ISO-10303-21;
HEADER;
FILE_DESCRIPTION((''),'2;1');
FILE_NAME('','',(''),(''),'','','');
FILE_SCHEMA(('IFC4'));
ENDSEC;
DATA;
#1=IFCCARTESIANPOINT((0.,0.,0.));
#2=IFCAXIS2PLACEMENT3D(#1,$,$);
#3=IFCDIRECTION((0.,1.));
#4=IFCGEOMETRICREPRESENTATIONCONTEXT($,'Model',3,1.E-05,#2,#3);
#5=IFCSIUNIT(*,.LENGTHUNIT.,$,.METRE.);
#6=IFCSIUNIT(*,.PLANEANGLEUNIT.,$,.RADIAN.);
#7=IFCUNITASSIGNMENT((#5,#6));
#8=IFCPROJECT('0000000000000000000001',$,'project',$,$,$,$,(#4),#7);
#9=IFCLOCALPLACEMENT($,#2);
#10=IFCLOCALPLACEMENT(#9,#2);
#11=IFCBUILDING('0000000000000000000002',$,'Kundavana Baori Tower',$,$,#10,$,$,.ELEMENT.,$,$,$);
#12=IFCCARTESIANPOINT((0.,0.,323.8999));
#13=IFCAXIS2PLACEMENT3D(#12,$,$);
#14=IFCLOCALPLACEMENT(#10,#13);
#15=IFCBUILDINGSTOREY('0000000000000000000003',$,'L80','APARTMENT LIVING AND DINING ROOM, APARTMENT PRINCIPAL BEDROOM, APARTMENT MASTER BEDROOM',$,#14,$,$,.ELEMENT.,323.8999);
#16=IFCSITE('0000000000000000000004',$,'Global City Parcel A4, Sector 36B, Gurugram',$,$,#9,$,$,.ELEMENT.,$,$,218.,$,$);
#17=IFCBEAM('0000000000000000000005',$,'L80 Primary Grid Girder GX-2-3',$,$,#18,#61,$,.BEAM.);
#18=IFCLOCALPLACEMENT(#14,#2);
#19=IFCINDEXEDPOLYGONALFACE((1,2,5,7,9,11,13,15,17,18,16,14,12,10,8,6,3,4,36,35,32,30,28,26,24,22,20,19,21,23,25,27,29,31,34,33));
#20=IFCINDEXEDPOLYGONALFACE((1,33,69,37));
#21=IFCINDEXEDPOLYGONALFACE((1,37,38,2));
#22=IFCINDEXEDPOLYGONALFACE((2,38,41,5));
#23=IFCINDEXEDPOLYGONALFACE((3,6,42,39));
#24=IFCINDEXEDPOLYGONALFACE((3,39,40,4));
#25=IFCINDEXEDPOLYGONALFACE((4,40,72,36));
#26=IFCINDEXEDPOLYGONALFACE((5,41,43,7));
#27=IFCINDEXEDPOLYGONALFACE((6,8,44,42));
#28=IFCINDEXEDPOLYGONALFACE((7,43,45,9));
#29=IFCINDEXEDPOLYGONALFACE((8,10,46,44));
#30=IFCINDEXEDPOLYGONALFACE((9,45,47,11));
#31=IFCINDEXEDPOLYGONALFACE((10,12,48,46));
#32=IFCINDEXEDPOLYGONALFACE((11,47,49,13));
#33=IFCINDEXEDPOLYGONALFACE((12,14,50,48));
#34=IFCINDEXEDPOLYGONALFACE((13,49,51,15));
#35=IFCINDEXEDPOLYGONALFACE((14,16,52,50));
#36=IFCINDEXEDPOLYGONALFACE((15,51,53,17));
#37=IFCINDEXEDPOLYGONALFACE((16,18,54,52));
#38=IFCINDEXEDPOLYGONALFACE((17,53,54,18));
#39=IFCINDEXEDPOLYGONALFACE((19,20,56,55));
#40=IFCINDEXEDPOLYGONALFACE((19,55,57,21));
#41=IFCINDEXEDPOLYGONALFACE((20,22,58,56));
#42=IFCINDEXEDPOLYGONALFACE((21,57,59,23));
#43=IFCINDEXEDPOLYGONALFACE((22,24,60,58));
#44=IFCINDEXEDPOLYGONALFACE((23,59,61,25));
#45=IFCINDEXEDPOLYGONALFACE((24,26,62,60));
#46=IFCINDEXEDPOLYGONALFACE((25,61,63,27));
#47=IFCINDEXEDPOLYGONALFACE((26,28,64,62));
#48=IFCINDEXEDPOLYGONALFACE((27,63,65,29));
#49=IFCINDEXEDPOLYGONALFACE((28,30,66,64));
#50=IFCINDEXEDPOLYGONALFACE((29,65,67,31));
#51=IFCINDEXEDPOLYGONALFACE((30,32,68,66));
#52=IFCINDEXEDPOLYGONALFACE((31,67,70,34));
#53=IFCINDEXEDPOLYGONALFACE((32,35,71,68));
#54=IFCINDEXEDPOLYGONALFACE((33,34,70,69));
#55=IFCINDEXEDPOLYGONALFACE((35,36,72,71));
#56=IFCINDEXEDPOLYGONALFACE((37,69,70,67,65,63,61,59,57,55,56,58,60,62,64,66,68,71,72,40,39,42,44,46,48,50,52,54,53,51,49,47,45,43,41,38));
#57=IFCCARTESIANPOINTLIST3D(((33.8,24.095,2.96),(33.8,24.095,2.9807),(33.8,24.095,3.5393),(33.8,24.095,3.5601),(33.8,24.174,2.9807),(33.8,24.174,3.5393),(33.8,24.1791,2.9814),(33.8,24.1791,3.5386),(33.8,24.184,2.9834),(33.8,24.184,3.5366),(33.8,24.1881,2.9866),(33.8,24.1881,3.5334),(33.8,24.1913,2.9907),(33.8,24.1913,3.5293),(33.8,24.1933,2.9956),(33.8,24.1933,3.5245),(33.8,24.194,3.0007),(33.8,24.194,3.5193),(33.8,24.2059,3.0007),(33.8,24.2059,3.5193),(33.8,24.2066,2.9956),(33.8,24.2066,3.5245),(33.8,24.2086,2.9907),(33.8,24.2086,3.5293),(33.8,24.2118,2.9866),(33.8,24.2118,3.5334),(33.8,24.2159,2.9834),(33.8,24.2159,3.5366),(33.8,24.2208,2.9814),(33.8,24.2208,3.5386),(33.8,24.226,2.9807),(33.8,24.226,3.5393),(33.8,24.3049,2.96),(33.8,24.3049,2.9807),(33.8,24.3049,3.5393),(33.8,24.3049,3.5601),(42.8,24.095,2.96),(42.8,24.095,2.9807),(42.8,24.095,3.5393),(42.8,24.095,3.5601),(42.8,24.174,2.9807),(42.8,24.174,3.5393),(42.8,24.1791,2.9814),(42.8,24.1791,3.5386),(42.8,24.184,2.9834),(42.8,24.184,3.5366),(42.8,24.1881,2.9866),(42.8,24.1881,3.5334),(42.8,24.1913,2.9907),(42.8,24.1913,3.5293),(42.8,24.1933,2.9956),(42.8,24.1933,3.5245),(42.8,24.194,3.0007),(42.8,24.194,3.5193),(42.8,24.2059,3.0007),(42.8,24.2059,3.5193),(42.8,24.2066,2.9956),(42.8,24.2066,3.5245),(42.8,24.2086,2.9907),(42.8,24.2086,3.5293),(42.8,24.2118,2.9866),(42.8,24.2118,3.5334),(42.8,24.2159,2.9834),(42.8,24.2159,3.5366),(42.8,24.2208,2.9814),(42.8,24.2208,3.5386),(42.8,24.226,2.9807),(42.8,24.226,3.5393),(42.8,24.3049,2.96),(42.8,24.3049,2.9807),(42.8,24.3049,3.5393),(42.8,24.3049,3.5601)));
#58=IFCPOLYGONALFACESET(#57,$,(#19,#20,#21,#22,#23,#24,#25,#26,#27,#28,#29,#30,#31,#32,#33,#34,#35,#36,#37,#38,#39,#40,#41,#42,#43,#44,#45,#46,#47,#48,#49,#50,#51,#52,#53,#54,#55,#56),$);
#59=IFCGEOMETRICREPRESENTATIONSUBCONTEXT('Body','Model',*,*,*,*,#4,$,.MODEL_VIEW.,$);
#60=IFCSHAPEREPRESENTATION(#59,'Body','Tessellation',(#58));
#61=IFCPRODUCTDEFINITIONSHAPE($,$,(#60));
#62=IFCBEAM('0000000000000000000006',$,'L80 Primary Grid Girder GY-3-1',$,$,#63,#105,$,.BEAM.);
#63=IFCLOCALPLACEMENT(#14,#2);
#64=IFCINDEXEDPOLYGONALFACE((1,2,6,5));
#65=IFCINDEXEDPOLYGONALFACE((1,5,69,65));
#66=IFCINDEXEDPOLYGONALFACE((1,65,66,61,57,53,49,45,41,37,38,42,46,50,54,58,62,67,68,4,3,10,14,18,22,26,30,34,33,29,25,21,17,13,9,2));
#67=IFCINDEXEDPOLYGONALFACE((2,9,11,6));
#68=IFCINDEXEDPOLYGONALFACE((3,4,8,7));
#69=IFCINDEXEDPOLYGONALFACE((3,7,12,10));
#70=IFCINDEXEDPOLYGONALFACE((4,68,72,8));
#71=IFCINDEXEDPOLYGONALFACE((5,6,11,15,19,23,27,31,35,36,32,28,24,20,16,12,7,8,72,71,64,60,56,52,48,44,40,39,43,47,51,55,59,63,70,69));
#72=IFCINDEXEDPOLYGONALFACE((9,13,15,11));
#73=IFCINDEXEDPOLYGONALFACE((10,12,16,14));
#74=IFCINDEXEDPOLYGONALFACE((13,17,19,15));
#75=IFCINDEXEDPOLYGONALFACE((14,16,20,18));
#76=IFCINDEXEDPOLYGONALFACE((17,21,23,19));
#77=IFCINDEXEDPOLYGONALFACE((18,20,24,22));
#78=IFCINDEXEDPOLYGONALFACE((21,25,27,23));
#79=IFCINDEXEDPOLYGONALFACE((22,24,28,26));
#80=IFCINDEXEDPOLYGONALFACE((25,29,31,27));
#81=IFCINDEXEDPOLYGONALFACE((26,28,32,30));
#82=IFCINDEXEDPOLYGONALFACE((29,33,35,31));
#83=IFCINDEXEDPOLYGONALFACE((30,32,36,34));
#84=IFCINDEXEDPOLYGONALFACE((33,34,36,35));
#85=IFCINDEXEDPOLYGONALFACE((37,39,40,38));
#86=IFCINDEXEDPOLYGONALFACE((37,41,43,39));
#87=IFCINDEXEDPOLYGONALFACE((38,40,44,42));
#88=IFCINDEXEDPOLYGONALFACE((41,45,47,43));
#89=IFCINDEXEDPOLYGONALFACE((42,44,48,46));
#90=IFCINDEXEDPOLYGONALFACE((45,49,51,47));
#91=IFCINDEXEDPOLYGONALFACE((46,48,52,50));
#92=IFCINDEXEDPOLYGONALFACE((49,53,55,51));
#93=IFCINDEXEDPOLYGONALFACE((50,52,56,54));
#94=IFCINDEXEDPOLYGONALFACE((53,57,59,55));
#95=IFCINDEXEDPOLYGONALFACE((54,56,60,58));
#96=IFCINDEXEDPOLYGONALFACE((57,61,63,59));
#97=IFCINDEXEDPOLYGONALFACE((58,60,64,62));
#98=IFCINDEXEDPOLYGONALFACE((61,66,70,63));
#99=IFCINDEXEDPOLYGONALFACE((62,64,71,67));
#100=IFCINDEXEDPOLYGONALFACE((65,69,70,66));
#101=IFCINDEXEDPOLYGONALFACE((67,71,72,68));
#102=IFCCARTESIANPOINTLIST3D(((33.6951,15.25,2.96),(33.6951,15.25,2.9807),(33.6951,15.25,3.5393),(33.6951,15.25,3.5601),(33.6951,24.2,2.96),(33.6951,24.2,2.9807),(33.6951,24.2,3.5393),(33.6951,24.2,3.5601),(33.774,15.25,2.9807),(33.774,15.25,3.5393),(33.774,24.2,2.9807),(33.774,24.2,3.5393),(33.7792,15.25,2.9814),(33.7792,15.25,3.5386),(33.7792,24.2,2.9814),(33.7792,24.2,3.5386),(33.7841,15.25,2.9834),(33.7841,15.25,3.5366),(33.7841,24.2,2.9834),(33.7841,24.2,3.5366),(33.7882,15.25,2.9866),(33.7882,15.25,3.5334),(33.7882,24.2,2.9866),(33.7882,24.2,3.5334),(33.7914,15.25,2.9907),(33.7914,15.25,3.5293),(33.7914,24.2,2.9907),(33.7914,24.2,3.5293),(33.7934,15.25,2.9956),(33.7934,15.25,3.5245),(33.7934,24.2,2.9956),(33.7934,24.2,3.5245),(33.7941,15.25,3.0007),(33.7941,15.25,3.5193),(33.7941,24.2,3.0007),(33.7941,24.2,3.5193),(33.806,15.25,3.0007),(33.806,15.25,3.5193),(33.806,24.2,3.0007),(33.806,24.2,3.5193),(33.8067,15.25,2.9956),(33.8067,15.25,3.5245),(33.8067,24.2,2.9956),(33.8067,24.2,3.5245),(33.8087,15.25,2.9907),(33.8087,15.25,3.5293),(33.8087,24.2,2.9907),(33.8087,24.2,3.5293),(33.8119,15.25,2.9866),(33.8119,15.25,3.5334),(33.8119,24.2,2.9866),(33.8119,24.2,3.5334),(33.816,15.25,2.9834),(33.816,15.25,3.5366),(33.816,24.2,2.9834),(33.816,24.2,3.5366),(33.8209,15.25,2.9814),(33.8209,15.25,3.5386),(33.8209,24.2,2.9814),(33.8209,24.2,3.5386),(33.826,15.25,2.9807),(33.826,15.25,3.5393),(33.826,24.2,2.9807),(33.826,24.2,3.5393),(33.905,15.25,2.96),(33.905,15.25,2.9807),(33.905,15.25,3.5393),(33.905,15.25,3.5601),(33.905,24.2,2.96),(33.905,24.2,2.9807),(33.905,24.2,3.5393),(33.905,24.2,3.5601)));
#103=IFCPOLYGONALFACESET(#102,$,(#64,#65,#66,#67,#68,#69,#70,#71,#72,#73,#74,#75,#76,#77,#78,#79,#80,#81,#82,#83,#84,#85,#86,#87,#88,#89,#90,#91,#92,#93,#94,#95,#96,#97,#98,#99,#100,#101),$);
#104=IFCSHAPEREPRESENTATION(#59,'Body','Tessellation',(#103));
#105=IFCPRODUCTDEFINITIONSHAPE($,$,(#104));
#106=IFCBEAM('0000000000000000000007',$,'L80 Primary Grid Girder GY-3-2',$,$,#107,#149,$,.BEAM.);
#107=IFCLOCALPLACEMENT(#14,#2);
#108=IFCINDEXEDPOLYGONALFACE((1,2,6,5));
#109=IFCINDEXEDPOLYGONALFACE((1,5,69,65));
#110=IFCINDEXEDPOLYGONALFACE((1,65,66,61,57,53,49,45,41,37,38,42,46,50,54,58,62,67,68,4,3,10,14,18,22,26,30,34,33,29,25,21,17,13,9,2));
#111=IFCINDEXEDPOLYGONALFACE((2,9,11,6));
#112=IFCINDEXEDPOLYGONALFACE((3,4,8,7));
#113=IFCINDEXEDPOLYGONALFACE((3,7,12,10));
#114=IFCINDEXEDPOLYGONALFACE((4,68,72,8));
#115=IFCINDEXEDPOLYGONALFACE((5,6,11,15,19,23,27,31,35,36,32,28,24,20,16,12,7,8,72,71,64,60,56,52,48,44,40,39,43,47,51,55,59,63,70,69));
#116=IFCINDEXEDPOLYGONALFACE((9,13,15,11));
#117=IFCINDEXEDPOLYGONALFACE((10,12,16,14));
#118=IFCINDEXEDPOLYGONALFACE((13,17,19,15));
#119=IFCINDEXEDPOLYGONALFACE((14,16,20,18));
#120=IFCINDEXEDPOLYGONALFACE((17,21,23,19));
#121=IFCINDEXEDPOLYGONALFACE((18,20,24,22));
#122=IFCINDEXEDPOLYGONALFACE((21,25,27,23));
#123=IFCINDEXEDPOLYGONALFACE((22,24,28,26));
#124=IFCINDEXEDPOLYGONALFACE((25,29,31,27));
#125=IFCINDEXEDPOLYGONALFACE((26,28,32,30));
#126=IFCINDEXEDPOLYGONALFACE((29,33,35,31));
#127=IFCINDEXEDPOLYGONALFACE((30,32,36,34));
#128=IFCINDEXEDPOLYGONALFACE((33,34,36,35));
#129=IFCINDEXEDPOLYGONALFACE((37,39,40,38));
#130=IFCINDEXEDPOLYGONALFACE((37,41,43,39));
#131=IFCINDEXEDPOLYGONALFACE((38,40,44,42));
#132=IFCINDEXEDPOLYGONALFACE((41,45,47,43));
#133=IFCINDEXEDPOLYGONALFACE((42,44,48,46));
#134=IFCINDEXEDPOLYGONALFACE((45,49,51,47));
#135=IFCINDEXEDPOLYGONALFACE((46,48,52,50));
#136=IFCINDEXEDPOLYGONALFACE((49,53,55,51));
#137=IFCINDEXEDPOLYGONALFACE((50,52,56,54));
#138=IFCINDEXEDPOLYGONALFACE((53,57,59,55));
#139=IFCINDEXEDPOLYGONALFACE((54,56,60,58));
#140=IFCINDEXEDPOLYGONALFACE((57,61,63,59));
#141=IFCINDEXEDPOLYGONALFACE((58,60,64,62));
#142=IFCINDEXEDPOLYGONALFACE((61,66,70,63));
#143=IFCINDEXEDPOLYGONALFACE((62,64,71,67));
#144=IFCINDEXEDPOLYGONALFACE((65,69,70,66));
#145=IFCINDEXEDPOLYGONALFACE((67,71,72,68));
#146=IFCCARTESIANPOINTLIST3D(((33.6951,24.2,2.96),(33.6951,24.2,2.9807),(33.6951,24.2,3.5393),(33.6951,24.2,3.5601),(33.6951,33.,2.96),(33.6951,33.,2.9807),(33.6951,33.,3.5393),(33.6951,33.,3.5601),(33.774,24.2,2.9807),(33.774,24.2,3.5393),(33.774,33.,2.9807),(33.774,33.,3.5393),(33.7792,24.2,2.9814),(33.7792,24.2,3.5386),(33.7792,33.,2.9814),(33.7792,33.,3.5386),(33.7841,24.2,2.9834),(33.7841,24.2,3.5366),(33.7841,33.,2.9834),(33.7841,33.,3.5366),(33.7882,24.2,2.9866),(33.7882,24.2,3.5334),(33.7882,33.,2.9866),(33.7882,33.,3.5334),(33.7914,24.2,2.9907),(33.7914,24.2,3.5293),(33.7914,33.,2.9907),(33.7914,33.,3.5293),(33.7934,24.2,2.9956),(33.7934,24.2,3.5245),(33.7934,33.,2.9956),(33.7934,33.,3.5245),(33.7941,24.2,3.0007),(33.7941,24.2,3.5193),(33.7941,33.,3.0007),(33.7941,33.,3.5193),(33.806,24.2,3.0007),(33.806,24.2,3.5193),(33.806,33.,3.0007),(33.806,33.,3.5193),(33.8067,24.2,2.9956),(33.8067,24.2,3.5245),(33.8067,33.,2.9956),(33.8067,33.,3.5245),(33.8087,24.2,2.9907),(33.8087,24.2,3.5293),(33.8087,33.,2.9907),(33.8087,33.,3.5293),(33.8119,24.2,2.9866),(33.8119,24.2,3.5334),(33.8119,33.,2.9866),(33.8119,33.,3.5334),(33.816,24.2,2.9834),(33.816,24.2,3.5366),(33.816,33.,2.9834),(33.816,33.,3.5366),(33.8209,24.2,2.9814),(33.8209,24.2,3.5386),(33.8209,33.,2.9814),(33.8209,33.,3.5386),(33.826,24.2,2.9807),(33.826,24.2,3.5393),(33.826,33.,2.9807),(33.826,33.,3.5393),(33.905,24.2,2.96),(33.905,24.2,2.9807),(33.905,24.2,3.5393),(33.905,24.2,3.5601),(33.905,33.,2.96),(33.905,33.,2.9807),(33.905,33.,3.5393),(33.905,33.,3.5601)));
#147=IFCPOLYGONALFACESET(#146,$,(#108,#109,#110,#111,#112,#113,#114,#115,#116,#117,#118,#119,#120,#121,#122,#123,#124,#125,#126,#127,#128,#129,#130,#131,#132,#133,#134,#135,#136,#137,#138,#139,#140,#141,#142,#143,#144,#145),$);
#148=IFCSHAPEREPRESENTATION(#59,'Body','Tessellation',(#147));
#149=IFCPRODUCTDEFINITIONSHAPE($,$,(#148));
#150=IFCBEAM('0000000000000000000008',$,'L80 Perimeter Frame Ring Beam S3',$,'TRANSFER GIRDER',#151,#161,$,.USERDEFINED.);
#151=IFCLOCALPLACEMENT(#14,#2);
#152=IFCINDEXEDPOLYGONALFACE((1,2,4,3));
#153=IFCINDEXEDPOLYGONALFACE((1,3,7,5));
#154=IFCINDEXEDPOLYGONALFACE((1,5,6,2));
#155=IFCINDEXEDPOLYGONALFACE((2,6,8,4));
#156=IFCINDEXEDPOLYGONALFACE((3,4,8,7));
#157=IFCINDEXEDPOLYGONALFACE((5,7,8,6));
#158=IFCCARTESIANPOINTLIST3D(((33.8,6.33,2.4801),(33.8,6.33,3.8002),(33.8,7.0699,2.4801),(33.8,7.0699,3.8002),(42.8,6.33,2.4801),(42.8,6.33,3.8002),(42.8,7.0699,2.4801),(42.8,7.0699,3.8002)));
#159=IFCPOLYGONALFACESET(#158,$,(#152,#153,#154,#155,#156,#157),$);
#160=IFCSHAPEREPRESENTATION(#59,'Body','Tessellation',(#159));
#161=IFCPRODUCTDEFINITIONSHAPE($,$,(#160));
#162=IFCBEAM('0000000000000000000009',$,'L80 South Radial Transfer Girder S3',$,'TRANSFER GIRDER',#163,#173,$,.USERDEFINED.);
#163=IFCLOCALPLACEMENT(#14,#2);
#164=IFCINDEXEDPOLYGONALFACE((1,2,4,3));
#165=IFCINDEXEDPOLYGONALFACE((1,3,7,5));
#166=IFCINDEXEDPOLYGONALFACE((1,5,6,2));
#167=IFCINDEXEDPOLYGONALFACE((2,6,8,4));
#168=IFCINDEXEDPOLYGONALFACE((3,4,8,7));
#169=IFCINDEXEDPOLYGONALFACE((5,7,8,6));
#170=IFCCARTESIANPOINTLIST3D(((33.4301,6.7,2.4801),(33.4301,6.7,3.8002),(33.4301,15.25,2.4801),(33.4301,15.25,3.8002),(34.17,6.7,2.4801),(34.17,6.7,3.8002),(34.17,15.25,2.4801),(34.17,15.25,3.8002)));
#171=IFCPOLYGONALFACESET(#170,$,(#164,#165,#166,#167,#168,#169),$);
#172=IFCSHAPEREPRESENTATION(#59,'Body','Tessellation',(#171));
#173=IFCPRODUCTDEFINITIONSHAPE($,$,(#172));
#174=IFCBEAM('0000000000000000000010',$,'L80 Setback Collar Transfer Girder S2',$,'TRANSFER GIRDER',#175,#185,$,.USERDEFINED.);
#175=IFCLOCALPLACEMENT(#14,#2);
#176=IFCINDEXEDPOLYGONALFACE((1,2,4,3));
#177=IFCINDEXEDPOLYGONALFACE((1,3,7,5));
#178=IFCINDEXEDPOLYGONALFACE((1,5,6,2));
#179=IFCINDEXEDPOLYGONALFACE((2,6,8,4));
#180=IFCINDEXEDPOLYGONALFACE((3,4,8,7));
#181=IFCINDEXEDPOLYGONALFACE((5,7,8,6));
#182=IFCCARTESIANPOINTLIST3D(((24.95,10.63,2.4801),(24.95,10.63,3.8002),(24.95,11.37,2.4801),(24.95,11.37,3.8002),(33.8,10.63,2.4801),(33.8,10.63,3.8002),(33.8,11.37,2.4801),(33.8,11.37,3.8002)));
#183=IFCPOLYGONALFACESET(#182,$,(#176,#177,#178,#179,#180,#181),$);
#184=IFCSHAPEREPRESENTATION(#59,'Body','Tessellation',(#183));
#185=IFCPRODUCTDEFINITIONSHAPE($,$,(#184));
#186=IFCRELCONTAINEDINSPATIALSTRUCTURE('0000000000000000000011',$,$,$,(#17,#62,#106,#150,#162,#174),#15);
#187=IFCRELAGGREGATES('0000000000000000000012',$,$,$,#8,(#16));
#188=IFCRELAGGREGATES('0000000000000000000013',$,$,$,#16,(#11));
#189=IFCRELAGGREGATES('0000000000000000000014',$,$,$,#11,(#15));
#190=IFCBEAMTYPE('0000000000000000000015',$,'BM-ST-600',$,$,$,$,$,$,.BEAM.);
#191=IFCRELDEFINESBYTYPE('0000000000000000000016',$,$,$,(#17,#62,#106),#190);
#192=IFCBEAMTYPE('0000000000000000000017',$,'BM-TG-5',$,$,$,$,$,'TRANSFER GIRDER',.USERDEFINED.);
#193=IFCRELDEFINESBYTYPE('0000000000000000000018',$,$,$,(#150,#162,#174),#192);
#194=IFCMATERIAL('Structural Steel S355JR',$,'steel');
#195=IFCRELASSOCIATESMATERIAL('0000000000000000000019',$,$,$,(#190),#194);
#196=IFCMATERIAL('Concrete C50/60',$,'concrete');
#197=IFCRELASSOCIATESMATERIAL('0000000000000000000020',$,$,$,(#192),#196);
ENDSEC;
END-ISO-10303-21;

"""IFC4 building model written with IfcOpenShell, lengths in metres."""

from ifc_helpers import new_model, si_unit, direction, frame, origin, origin_2d, place, context, subcontext, project, spatial, rectangle, i_section, extrude, material, material_profile, profile_set, type_object, element, save


model = new_model("IFC4")

# Units and contexts
model_context = context("Model", 3, precision=1e-05, world=origin(), true_north=direction((0.0, 1.0)))
body_context = subcontext(model_context, "Body", "Model", "MODEL_VIEW")
ifc_project = project(units=[si_unit("LENGTHUNIT", "METRE"), si_unit("PLANEANGLEUNIT", "RADIAN")], contexts=[model_context])

# Site, building, storey
site_placement = place(None, origin())
site = spatial("IfcSite", under=ifc_project, at=site_placement, Name="Global City Parcel A4, Sector 36B, Gurugram", CompositionType="ELEMENT", RefElevation=218.0)
building_placement = place(site_placement, origin())
building = spatial("IfcBuilding", under=site, at=building_placement, Name="Kundavana Baori Tower", CompositionType="ELEMENT")
storey_placement = place(building_placement, frame((0.0, 0.0, 323.8999)))
storey = spatial("IfcBuildingStorey", under=building, at=storey_placement, Name="L80", Description="APARTMENT LIVING AND DINING ROOM, APARTMENT PRINCIPAL BEDROOM, APARTMENT MASTER BEDROOM", CompositionType="ELEMENT", Elevation=323.8999)

# Beams
ifc_material_1 = material(Name="Structural Steel S355JR", Category="steel")
ifc_material_profile_1 = material_profile(ifc_material_1, i_section(OverallWidth=0.21, OverallDepth=0.6001, WebThickness=0.012, FlangeThickness=0.0208, FilletRadius=0.02, at=origin_2d()), Name="ISMB 600")
ifc_profile_set_1 = profile_set([ifc_material_profile_1], Name="Structural Steel S355JR")
beam_type_1 = type_object("IfcBeamType", Name="BM-ST-600", PredefinedType="BEAM", material=ifc_profile_set_1)
for number, where, z_axis, x_axis, name in (
    (1, (33.8, 24.2, 3.26), (1.0, 0.0, 0.0), (0.0, 1.0, 0.0), "L80 Primary Grid Girder GX-2-3"),
):
    element("IfcBeam", number, at=place(storey_placement, frame(where, z_axis=z_axis, x_axis=x_axis)), inside=storey, type_object=beam_type_1, Name=name, PredefinedType="BEAM", context=body_context, shape_type="SweptSolid", body=[
        extrude(i_section(OverallWidth=0.21, OverallDepth=0.6001, WebThickness=0.012, FlangeThickness=0.0208, FilletRadius=0.02, at=origin_2d()), origin(), (0.0, 0.0, 1.0), 9.0),
    ])
beam_1_placement = place(storey_placement, frame((33.8, 15.25, 3.26), z_axis=(0.0, 1.0, 0.0), x_axis=(-1.0, 0.0, 0.0)))
element("IfcBeam", 2, at=beam_1_placement, inside=storey, type_object=beam_type_1, Name="L80 Primary Grid Girder GY-3-1", PredefinedType="BEAM", context=body_context, shape_type="SweptSolid", body=[
    extrude(i_section(OverallWidth=0.21, OverallDepth=0.6001, WebThickness=0.012, FlangeThickness=0.0208, FilletRadius=0.02, at=origin_2d()), origin(), (0.0, 0.0, 1.0), 8.95),
])
beam_2_placement = place(storey_placement, frame((33.8, 24.2, 3.26), z_axis=(0.0, 1.0, 0.0), x_axis=(-1.0, 0.0, 0.0)))
element("IfcBeam", 3, at=beam_2_placement, inside=storey, type_object=beam_type_1, Name="L80 Primary Grid Girder GY-3-2", PredefinedType="BEAM", context=body_context, shape_type="SweptSolid", body=[
    extrude(i_section(OverallWidth=0.21, OverallDepth=0.6001, WebThickness=0.012, FlangeThickness=0.0208, FilletRadius=0.02, at=origin_2d()), origin(), (0.0, 0.0, 1.0), 8.8),
])
ifc_material_2 = material(Name="Concrete C50/60", Category="concrete")
ifc_material_profile_2 = material_profile(ifc_material_2, rectangle(XDim=0.74, YDim=1.3201, at=origin_2d()), Name="BM-TG-5")
ifc_profile_set_2 = profile_set([ifc_material_profile_2], Name="Concrete C50/60")
beam_type_2 = type_object("IfcBeamType", Name="BM-TG-5", ElementType="TRANSFER GIRDER", PredefinedType="USERDEFINED", material=ifc_profile_set_2)
beam_3_placement = place(storey_placement, frame((33.8, 6.7, 3.1401), z_axis=(1.0, 0.0, 0.0), x_axis=(0.0, 1.0, 0.0)))
element("IfcBeam", 4, at=beam_3_placement, inside=storey, type_object=beam_type_2, Name="L80 Perimeter Frame Ring Beam S3", ObjectType="TRANSFER GIRDER", PredefinedType="USERDEFINED", context=body_context, shape_type="SweptSolid", body=[
    extrude(rectangle(XDim=0.74, YDim=1.3201, at=origin_2d()), origin(), (0.0, 0.0, 1.0), 9.0),
])
beam_4_placement = place(storey_placement, frame((33.8, 15.25, 3.1401), z_axis=(0.0, -1.0, 0.0), x_axis=(1.0, 0.0, 0.0)))
element("IfcBeam", 5, at=beam_4_placement, inside=storey, type_object=beam_type_2, Name="L80 South Radial Transfer Girder S3", ObjectType="TRANSFER GIRDER", PredefinedType="USERDEFINED", context=body_context, shape_type="SweptSolid", body=[
    extrude(rectangle(XDim=0.74, YDim=1.3201, at=origin_2d()), origin(), (0.0, 0.0, 1.0), 8.55),
])
beam_5_placement = place(storey_placement, frame((24.95, 11.0, 3.1401), z_axis=(1.0, 0.0, 0.0), x_axis=(0.0, 1.0, 0.0)))
element("IfcBeam", 6, at=beam_5_placement, inside=storey, type_object=beam_type_2, Name="L80 Setback Collar Transfer Girder S2", ObjectType="TRANSFER GIRDER", PredefinedType="USERDEFINED", context=body_context, shape_type="SweptSolid", body=[
    extrude(rectangle(XDim=0.74, YDim=1.3201, at=origin_2d()), origin(), (0.0, 0.0, 1.0), 8.8501),
])

save(model, "model.ifc")
